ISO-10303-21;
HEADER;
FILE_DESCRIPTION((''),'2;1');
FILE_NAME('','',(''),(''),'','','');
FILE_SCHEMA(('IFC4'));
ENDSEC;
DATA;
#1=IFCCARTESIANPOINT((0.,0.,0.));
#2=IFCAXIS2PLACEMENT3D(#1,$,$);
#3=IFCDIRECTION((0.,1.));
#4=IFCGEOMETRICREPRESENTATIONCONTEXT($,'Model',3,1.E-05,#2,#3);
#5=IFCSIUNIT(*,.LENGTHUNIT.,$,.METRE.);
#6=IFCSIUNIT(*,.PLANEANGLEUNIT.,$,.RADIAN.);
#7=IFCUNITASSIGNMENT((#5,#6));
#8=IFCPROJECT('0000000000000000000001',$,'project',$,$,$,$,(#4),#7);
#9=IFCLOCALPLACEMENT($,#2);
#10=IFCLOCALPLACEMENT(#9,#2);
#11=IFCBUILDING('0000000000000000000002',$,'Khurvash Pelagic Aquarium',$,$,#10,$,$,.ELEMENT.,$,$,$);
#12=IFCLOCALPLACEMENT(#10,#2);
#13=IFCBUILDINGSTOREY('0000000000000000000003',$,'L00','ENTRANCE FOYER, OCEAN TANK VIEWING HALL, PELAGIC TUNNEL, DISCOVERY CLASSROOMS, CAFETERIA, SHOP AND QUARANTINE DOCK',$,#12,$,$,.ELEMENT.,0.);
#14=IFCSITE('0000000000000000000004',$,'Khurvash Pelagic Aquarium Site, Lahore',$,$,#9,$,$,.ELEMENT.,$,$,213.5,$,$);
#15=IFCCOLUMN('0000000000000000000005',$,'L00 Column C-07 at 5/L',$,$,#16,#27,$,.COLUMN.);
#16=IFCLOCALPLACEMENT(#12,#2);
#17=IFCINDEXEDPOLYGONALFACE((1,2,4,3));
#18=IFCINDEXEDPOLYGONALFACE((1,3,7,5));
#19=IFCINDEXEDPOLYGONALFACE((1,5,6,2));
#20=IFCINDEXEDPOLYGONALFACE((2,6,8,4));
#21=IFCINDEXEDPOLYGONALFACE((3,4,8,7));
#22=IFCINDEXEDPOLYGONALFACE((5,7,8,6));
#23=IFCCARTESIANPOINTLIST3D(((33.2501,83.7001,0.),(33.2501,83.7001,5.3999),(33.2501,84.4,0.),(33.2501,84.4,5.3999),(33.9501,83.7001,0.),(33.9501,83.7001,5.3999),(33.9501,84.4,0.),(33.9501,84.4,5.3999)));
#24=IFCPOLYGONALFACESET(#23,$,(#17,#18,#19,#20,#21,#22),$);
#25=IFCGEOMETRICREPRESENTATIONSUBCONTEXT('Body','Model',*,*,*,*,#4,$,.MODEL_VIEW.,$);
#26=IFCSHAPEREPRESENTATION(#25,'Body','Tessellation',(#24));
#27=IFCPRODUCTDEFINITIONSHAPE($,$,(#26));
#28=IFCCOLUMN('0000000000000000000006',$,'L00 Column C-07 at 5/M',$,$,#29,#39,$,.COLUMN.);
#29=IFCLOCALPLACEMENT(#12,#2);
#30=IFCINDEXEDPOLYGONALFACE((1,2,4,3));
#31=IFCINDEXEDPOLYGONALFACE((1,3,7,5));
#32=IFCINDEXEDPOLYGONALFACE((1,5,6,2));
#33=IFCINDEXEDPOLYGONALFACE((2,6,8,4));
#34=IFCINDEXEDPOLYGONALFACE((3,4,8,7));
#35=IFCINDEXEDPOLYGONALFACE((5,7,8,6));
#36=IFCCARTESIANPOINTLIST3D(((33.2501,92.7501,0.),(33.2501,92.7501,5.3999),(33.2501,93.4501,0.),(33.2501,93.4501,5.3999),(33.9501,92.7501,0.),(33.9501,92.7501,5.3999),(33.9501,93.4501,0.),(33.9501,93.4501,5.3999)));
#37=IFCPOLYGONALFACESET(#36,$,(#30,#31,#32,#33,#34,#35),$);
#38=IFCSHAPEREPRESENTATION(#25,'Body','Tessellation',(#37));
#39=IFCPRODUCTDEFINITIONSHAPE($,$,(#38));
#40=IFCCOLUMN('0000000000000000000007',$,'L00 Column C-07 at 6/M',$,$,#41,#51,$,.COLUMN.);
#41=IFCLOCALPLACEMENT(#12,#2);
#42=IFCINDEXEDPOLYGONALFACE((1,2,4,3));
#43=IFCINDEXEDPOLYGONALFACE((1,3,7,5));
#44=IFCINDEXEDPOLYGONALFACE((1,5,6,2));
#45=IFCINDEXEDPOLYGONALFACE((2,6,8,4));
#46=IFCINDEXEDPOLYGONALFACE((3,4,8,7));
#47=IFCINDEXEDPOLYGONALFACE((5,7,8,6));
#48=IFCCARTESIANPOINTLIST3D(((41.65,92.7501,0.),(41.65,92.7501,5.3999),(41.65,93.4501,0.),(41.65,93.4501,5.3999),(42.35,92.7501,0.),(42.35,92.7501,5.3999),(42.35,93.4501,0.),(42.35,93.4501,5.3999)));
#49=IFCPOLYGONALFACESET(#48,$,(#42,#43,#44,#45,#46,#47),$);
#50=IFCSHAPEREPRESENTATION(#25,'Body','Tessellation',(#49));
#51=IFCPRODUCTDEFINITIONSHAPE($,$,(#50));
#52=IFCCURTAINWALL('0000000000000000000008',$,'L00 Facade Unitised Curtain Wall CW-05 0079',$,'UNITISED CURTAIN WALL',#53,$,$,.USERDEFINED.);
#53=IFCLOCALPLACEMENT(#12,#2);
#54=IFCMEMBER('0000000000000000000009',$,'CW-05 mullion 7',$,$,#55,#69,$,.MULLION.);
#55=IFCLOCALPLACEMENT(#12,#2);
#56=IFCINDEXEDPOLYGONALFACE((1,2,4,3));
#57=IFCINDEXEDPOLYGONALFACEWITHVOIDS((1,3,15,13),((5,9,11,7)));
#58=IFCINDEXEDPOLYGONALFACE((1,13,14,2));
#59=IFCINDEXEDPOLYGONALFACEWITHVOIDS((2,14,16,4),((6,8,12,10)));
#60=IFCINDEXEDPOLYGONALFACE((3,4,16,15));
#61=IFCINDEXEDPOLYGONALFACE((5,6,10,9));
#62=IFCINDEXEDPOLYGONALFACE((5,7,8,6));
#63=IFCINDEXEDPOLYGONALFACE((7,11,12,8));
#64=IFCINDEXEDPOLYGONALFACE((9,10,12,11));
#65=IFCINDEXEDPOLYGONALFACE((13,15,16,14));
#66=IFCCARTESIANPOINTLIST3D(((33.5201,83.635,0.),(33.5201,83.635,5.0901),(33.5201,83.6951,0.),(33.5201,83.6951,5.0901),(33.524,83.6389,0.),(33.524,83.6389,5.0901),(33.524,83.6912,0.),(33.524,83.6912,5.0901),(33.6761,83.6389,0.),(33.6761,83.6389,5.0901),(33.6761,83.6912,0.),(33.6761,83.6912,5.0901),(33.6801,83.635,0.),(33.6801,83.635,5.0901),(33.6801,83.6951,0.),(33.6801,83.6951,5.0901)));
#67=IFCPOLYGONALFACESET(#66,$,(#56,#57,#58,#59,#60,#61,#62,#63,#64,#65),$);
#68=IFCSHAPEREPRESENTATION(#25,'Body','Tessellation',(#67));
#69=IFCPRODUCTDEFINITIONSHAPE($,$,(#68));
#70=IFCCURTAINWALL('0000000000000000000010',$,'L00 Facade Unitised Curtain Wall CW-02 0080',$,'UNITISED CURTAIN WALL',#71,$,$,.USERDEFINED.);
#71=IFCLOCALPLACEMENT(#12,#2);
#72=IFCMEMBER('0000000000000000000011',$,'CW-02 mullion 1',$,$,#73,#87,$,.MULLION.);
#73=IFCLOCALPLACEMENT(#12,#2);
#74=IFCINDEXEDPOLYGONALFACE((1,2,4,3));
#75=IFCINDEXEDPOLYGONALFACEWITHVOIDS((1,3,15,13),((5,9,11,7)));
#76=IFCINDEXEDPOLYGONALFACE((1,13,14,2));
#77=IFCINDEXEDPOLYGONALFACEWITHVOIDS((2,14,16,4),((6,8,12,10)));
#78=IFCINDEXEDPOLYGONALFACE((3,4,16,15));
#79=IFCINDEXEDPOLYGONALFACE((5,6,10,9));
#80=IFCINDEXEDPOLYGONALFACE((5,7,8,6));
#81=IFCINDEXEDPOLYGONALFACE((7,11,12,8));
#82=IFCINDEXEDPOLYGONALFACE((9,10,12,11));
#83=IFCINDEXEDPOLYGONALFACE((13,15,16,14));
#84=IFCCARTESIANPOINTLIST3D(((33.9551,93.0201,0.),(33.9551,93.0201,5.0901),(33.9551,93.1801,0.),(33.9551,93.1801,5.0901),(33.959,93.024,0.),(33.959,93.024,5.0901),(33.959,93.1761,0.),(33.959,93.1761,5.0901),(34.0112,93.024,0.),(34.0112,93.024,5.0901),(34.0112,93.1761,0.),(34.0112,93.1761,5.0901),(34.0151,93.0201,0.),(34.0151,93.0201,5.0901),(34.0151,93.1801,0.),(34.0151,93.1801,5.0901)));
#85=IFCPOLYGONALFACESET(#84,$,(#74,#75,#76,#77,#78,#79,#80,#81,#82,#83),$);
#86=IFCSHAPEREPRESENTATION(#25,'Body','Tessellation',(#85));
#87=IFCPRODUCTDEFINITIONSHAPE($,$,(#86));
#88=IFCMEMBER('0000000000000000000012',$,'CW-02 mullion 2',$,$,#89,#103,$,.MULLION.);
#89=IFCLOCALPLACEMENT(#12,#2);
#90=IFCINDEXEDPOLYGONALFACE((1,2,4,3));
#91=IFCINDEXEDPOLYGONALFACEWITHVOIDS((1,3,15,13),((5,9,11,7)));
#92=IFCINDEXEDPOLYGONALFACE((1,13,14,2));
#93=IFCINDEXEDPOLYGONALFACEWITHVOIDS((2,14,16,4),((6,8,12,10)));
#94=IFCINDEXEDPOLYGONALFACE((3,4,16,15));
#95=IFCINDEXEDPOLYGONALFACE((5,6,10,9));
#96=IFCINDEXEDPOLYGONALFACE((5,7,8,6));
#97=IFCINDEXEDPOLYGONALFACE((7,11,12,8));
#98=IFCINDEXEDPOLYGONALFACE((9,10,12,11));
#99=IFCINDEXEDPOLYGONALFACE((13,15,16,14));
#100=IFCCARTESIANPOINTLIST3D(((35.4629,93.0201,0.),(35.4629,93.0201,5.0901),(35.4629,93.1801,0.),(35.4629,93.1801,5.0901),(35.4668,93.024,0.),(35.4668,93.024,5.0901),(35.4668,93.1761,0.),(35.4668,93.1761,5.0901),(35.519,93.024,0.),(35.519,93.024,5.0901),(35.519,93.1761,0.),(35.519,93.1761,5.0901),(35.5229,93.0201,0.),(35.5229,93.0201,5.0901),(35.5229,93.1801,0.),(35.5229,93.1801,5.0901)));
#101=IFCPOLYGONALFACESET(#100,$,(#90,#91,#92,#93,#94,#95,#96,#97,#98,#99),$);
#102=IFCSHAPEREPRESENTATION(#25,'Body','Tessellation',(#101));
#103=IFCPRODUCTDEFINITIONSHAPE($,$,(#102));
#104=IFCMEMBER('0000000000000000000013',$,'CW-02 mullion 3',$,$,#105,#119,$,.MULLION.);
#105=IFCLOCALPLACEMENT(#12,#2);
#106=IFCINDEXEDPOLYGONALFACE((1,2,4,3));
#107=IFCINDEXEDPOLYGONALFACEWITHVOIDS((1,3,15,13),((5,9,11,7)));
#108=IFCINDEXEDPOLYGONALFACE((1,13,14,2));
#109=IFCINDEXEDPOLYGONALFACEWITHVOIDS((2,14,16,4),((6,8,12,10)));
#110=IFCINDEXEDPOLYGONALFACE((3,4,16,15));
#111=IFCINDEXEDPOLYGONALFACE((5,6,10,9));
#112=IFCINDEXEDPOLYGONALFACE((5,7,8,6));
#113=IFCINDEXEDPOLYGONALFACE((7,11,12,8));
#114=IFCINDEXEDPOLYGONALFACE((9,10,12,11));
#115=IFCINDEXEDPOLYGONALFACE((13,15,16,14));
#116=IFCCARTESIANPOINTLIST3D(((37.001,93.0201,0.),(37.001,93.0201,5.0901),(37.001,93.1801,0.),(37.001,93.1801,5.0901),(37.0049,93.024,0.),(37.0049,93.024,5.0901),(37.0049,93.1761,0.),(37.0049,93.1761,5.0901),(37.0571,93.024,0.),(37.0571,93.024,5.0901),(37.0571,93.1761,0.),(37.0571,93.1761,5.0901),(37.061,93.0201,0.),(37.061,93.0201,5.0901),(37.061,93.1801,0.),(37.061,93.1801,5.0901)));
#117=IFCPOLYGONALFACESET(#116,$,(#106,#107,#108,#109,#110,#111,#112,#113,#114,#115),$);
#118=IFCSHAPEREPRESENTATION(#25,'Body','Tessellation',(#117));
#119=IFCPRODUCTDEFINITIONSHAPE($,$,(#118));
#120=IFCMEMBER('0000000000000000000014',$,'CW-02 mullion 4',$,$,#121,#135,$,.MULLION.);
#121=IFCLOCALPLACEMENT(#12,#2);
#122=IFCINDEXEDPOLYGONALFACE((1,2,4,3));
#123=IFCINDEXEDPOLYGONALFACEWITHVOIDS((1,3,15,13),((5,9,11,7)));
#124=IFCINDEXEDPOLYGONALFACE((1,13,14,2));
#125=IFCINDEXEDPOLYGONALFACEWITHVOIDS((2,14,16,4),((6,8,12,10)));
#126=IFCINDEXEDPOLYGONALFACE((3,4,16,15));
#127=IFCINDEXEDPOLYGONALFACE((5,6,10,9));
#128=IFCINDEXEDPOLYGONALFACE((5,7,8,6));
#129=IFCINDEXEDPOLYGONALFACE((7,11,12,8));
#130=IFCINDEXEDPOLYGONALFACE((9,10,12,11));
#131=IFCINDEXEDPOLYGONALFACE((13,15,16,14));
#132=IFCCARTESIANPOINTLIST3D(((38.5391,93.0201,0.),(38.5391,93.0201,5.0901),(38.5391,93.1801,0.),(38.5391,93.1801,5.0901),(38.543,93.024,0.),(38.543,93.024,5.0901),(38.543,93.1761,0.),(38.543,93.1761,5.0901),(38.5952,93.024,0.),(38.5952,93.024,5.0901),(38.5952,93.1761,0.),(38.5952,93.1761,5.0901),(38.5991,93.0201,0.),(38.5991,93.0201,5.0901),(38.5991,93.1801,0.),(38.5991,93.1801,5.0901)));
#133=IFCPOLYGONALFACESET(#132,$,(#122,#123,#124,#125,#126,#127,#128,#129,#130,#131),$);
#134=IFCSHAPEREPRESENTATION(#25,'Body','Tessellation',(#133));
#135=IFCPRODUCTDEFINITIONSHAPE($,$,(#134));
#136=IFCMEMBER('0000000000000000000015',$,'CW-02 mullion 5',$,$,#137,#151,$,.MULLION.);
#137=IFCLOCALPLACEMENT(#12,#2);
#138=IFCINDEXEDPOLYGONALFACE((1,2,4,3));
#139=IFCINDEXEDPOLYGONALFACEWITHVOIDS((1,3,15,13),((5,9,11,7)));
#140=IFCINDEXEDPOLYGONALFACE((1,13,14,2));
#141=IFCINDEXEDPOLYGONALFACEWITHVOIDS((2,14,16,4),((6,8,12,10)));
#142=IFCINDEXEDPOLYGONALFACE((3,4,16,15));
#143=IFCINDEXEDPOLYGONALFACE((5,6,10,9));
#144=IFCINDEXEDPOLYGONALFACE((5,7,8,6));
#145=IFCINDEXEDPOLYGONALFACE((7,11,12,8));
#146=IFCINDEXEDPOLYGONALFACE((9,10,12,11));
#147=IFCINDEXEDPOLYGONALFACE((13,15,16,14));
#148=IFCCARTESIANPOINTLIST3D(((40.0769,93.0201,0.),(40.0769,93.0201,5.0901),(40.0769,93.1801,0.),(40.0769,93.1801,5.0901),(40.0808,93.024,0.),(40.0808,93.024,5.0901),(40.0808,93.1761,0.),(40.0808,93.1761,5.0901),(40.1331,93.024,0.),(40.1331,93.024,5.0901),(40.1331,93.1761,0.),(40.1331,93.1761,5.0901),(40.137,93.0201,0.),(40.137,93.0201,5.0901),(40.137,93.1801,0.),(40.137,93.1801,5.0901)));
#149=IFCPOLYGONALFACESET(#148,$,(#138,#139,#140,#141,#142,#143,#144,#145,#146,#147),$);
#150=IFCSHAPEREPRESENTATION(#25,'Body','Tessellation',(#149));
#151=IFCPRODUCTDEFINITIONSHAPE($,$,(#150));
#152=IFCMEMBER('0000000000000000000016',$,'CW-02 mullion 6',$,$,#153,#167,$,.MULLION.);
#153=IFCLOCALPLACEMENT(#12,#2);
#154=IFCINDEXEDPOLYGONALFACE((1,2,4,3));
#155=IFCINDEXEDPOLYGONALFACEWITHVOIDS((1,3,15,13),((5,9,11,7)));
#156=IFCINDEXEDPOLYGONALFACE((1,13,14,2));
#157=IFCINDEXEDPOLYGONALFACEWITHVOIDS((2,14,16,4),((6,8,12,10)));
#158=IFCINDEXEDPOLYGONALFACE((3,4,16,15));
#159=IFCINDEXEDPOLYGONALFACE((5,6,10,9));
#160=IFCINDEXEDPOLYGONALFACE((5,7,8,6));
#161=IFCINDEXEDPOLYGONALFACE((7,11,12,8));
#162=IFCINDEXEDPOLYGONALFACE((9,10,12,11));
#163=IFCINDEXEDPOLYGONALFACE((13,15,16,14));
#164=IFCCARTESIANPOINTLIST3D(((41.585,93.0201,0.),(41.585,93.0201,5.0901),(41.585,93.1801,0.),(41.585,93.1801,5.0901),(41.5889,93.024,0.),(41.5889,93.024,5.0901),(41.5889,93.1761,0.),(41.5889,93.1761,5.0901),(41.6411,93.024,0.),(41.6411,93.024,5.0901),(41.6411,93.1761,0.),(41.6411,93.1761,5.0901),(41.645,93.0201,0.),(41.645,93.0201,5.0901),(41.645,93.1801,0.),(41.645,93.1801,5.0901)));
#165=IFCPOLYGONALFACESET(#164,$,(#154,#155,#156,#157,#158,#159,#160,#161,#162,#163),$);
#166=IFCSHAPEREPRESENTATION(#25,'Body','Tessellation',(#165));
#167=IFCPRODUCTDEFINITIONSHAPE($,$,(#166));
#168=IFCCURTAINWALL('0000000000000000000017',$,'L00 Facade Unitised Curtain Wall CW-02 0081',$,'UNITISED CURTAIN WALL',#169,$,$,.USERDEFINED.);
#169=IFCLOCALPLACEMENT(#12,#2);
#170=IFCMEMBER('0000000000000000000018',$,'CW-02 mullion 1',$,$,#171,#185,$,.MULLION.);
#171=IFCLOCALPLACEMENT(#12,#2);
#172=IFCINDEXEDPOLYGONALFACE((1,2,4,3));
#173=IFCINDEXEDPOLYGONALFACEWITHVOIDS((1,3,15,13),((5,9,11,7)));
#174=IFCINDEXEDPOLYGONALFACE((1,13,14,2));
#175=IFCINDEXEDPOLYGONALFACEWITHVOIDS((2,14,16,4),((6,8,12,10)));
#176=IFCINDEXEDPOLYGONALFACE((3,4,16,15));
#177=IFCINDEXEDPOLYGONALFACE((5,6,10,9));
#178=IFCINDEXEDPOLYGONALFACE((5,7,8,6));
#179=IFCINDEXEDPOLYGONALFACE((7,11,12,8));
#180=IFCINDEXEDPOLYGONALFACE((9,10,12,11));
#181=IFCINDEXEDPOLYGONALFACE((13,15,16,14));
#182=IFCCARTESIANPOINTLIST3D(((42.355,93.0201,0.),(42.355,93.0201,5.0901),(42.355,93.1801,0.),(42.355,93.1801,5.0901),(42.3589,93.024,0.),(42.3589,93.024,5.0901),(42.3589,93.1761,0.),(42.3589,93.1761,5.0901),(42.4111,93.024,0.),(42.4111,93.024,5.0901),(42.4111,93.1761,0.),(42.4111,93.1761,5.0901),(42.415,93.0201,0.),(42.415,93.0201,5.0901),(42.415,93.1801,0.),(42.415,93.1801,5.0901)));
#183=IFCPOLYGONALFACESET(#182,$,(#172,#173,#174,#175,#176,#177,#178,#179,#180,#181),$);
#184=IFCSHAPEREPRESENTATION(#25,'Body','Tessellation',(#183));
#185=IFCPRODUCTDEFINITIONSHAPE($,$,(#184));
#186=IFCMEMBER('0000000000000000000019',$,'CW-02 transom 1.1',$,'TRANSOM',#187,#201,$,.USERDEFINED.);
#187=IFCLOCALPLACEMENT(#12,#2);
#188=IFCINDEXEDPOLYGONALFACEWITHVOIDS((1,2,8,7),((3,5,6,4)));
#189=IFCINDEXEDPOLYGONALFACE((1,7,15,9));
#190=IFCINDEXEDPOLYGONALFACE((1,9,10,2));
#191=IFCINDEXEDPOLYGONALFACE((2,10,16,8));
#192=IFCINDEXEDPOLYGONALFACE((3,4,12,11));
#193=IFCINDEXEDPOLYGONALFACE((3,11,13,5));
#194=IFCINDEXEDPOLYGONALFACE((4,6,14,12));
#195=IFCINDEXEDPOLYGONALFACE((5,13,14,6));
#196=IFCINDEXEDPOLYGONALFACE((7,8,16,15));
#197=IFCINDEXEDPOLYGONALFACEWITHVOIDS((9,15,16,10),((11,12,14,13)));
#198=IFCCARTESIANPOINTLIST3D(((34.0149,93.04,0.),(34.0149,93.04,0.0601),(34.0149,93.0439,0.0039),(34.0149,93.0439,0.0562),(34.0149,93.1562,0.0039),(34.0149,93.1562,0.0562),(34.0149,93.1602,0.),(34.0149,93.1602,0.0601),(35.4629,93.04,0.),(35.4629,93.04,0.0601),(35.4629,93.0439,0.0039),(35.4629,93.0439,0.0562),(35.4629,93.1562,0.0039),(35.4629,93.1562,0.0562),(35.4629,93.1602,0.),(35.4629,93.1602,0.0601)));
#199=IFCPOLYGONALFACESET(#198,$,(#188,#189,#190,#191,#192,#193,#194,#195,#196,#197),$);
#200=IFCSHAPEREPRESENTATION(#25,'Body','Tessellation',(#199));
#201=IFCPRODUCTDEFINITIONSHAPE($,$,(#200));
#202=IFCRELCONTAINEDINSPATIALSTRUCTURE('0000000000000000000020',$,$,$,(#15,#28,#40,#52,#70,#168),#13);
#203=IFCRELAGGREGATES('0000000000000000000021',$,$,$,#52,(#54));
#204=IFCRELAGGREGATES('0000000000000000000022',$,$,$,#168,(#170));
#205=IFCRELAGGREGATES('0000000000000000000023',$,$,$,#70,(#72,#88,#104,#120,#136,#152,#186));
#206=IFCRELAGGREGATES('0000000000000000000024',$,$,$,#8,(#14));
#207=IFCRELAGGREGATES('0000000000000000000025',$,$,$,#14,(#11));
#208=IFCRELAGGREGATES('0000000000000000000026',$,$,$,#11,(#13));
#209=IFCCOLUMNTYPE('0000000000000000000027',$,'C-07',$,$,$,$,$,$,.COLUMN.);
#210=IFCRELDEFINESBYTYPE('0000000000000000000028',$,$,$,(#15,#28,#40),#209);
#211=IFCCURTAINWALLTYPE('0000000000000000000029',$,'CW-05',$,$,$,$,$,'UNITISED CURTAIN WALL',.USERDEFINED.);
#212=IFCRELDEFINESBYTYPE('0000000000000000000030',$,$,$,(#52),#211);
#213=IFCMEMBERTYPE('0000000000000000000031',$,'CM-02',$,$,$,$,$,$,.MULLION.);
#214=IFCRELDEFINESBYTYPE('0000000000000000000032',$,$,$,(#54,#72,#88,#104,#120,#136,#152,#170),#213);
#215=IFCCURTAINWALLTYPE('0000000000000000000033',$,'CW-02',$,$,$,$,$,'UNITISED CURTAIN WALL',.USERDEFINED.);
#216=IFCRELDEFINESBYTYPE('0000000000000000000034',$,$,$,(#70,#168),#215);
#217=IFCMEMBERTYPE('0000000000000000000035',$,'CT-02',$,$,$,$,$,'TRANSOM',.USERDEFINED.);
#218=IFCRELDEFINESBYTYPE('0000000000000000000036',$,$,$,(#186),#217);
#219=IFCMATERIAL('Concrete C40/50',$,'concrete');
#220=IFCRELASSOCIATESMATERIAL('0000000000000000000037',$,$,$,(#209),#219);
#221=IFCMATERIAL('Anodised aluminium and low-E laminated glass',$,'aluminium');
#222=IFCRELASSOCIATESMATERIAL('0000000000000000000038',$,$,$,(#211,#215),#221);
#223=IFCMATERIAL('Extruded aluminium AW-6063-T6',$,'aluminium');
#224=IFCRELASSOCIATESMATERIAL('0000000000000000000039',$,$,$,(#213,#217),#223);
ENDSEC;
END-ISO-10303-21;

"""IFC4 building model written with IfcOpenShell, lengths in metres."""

from ifc_helpers import new_model, si_unit, direction, frame, origin, origin_2d, place, context, subcontext, project, spatial, rectangle, hollow_rectangle, extrude, material, material_profile, profile_set, type_object, element, aggregate, save


model = new_model("IFC4")

# Units and contexts
model_context = context("Model", 3, precision=1e-05, world=origin(), true_north=direction((0.0, 1.0)))
body_context = subcontext(model_context, "Body", "Model", "MODEL_VIEW")
ifc_project = project(units=[si_unit("LENGTHUNIT", "METRE"), si_unit("PLANEANGLEUNIT", "RADIAN")], contexts=[model_context])

# Site, building, storey
site_placement = place(None, origin())
site = spatial("IfcSite", under=ifc_project, at=site_placement, Name="Khurvash Pelagic Aquarium Site, Lahore", CompositionType="ELEMENT", RefElevation=213.5)
building_placement = place(site_placement, origin())
building = spatial("IfcBuilding", under=site, at=building_placement, Name="Khurvash Pelagic Aquarium", CompositionType="ELEMENT")
storey_placement = place(building_placement, origin())
storey = spatial("IfcBuildingStorey", under=building, at=storey_placement, Name="L00", Description="ENTRANCE FOYER, OCEAN TANK VIEWING HALL, PELAGIC TUNNEL, DISCOVERY CLASSROOMS, CAFETERIA, SHOP AND QUARANTINE DOCK", CompositionType="ELEMENT", Elevation=0.0)

# Columns
ifc_material_1 = material(Name="Concrete C40/50", Category="concrete")
ifc_material_profile_1 = material_profile(ifc_material_1, rectangle(XDim=0.7, YDim=0.7, at=origin_2d()), Name="RC700X700")
ifc_profile_set_1 = profile_set([ifc_material_profile_1], Name="Concrete C40/50")
column_type = type_object("IfcColumnType", Name="C-07", PredefinedType="COLUMN", material=ifc_profile_set_1)
for number, where, z_axis, x_axis, name in (
    (1, (33.6001, 84.05, 0.0), (0.0, 0.0, 1.0), (1.0, 0.0, 0.0), "L00 Column C-07 at 5/L"),
    (2, (33.6001, 93.1001, 0.0), (0.0, 0.0, 1.0), (1.0, 0.0, 0.0), "L00 Column C-07 at 5/M"),
    (3, (42.0, 93.1001, 0.0), (0.0, 0.0, 1.0), (1.0, 0.0, 0.0), "L00 Column C-07 at 6/M"),
):
    element("IfcColumn", number, at=place(storey_placement, frame(where, z_axis=z_axis, x_axis=x_axis)), inside=storey, type_object=column_type, Name=name, PredefinedType="COLUMN", context=body_context, shape_type="SweptSolid", body=[
        extrude(rectangle(XDim=0.7, YDim=0.7, at=origin_2d()), origin(), (0.0, 0.0, 1.0), 5.3999),
    ])

# Curtain wall, member
ifc_material_2 = material(Name="Anodised aluminium and low-E laminated glass", Category="aluminium")
curtain_wall_type_1 = type_object("IfcCurtainWallType", Name="CW-05", ElementType="UNITISED CURTAIN WALL", PredefinedType="USERDEFINED", material=ifc_material_2)
curtain_wall_1_placement = place(storey_placement, origin())
curtain_wall_1 = element("IfcCurtainWall", 4, at=curtain_wall_1_placement, inside=storey, type_object=curtain_wall_type_1, Name="L00 Facade Unitised Curtain Wall CW-05 0079", ObjectType="UNITISED CURTAIN WALL", PredefinedType="USERDEFINED")
ifc_material_3 = material(Name="Extruded aluminium AW-6063-T6", Category="aluminium")
ifc_material_profile_2 = material_profile(ifc_material_3, hollow_rectangle(XDim=0.0601, YDim=0.1599, WallThickness=0.0039, at=origin_2d()), Name="CWM60X160X4")
ifc_profile_set_2 = profile_set([ifc_material_profile_2], Name="Extruded aluminium AW-6063-T6")
member_type_1 = type_object("IfcMemberType", Name="CM-02", PredefinedType="MULLION", material=ifc_profile_set_2)
member_1_placement = place(storey_placement, frame((33.6001, 83.665, 0.0), z_axis=(0.0, 0.0, 1.0), x_axis=(0.0, 1.0, 0.0)))
member_1 = element("IfcMember", 5, at=member_1_placement, type_object=member_type_1, Name="CW-05 mullion 7", PredefinedType="MULLION", context=body_context, shape_type="SweptSolid", body=[
    extrude(hollow_rectangle(XDim=0.0601, YDim=0.1599, WallThickness=0.0039, at=origin_2d()), origin(), (0.0, 0.0, 1.0), 5.0901),
])
aggregate(curtain_wall_1, [member_1])

# Curtain wall, members
curtain_wall_type_2 = type_object("IfcCurtainWallType", Name="CW-02", ElementType="UNITISED CURTAIN WALL", PredefinedType="USERDEFINED", material=ifc_material_2)
curtain_wall_2_placement = place(storey_placement, origin())
curtain_wall_2 = element("IfcCurtainWall", 6, at=curtain_wall_2_placement, inside=storey, type_object=curtain_wall_type_2, Name="L00 Facade Unitised Curtain Wall CW-02 0080", ObjectType="UNITISED CURTAIN WALL", PredefinedType="USERDEFINED")
member_2_placement = place(storey_placement, frame((33.9851, 93.1001, 0.0), z_axis=(0.0, 0.0, 1.0), x_axis=(1.0, 0.0, 0.0)))
member_2 = element("IfcMember", 7, at=member_2_placement, type_object=member_type_1, Name="CW-02 mullion 1", PredefinedType="MULLION", context=body_context, shape_type="SweptSolid", body=[
    extrude(hollow_rectangle(XDim=0.0601, YDim=0.1599, WallThickness=0.0039, at=origin_2d()), origin(), (0.0, 0.0, 1.0), 5.0901),
])
member_3_placement = place(storey_placement, frame((35.4929, 93.1001, 0.0), z_axis=(0.0, 0.0, 1.0), x_axis=(1.0, 0.0, 0.0)))
member_3 = element("IfcMember", 8, at=member_3_placement, type_object=member_type_1, Name="CW-02 mullion 2", PredefinedType="MULLION", context=body_context, shape_type="SweptSolid", body=[
    extrude(hollow_rectangle(XDim=0.0601, YDim=0.1599, WallThickness=0.0039, at=origin_2d()), origin(), (0.0, 0.0, 1.0), 5.0901),
])
member_4_placement = place(storey_placement, frame((37.031, 93.1001, 0.0), z_axis=(0.0, 0.0, 1.0), x_axis=(1.0, 0.0, 0.0)))
member_4 = element("IfcMember", 9, at=member_4_placement, type_object=member_type_1, Name="CW-02 mullion 3", PredefinedType="MULLION", context=body_context, shape_type="SweptSolid", body=[
    extrude(hollow_rectangle(XDim=0.0601, YDim=0.1599, WallThickness=0.0039, at=origin_2d()), origin(), (0.0, 0.0, 1.0), 5.0901),
])
member_5_placement = place(storey_placement, frame((38.5691, 93.1001, 0.0), z_axis=(0.0, 0.0, 1.0), x_axis=(1.0, 0.0, 0.0)))
member_5 = element("IfcMember", 10, at=member_5_placement, type_object=member_type_1, Name="CW-02 mullion 4", PredefinedType="MULLION", context=body_context, shape_type="SweptSolid", body=[
    extrude(hollow_rectangle(XDim=0.0601, YDim=0.1599, WallThickness=0.0039, at=origin_2d()), origin(), (0.0, 0.0, 1.0), 5.0901),
])
member_6_placement = place(storey_placement, frame((40.1069, 93.1001, 0.0), z_axis=(0.0, 0.0, 1.0), x_axis=(1.0, 0.0, 0.0)))
member_6 = element("IfcMember", 11, at=member_6_placement, type_object=member_type_1, Name="CW-02 mullion 5", PredefinedType="MULLION", context=body_context, shape_type="SweptSolid", body=[
    extrude(hollow_rectangle(XDim=0.0601, YDim=0.1599, WallThickness=0.0039, at=origin_2d()), origin(), (0.0, 0.0, 1.0), 5.0901),
])
member_7_placement = place(storey_placement, frame((41.615, 93.1001, 0.0), z_axis=(0.0, 0.0, 1.0), x_axis=(1.0, 0.0, 0.0)))
member_7 = element("IfcMember", 12, at=member_7_placement, type_object=member_type_1, Name="CW-02 mullion 6", PredefinedType="MULLION", context=body_context, shape_type="SweptSolid", body=[
    extrude(hollow_rectangle(XDim=0.0601, YDim=0.1599, WallThickness=0.0039, at=origin_2d()), origin(), (0.0, 0.0, 1.0), 5.0901),
])

# Curtain wall, member
curtain_wall_3_placement = place(storey_placement, origin())
curtain_wall_3 = element("IfcCurtainWall", 13, at=curtain_wall_3_placement, inside=storey, type_object=curtain_wall_type_2, Name="L00 Facade Unitised Curtain Wall CW-02 0081", ObjectType="UNITISED CURTAIN WALL", PredefinedType="USERDEFINED")
member_8_placement = place(storey_placement, frame((42.385, 93.1001, 0.0), z_axis=(0.0, 0.0, 1.0), x_axis=(1.0, 0.0, 0.0)))
member_8 = element("IfcMember", 14, at=member_8_placement, type_object=member_type_1, Name="CW-02 mullion 1", PredefinedType="MULLION", context=body_context, shape_type="SweptSolid", body=[
    extrude(hollow_rectangle(XDim=0.0601, YDim=0.1599, WallThickness=0.0039, at=origin_2d()), origin(), (0.0, 0.0, 1.0), 5.0901),
])
aggregate(curtain_wall_3, [member_8])

# Member
ifc_material_profile_3 = material_profile(ifc_material_3, hollow_rectangle(XDim=0.1201, YDim=0.0601, WallThickness=0.0039, at=origin_2d()), Name="CWT120X60X4")
ifc_profile_set_3 = profile_set([ifc_material_profile_3], Name="Extruded aluminium AW-6063-T6")
member_type_2 = type_object("IfcMemberType", Name="CT-02", ElementType="TRANSOM", PredefinedType="USERDEFINED", material=ifc_profile_set_3)
member_9_placement = place(storey_placement, frame((34.0149, 93.1001, 0.03), z_axis=(1.0, 0.0, 0.0), x_axis=(0.0, 1.0, 0.0)))
member_9 = element("IfcMember", 15, at=member_9_placement, type_object=member_type_2, Name="CW-02 transom 1.1", ObjectType="TRANSOM", PredefinedType="USERDEFINED", context=body_context, shape_type="SweptSolid", body=[
    extrude(hollow_rectangle(XDim=0.1201, YDim=0.0601, WallThickness=0.0039, at=origin_2d()), origin(), (0.0, 0.0, 1.0), 1.448),
])

aggregate(curtain_wall_2, [member_2, member_3, member_4, member_5, member_6, member_7, member_9])

save(model, "model.ifc")
